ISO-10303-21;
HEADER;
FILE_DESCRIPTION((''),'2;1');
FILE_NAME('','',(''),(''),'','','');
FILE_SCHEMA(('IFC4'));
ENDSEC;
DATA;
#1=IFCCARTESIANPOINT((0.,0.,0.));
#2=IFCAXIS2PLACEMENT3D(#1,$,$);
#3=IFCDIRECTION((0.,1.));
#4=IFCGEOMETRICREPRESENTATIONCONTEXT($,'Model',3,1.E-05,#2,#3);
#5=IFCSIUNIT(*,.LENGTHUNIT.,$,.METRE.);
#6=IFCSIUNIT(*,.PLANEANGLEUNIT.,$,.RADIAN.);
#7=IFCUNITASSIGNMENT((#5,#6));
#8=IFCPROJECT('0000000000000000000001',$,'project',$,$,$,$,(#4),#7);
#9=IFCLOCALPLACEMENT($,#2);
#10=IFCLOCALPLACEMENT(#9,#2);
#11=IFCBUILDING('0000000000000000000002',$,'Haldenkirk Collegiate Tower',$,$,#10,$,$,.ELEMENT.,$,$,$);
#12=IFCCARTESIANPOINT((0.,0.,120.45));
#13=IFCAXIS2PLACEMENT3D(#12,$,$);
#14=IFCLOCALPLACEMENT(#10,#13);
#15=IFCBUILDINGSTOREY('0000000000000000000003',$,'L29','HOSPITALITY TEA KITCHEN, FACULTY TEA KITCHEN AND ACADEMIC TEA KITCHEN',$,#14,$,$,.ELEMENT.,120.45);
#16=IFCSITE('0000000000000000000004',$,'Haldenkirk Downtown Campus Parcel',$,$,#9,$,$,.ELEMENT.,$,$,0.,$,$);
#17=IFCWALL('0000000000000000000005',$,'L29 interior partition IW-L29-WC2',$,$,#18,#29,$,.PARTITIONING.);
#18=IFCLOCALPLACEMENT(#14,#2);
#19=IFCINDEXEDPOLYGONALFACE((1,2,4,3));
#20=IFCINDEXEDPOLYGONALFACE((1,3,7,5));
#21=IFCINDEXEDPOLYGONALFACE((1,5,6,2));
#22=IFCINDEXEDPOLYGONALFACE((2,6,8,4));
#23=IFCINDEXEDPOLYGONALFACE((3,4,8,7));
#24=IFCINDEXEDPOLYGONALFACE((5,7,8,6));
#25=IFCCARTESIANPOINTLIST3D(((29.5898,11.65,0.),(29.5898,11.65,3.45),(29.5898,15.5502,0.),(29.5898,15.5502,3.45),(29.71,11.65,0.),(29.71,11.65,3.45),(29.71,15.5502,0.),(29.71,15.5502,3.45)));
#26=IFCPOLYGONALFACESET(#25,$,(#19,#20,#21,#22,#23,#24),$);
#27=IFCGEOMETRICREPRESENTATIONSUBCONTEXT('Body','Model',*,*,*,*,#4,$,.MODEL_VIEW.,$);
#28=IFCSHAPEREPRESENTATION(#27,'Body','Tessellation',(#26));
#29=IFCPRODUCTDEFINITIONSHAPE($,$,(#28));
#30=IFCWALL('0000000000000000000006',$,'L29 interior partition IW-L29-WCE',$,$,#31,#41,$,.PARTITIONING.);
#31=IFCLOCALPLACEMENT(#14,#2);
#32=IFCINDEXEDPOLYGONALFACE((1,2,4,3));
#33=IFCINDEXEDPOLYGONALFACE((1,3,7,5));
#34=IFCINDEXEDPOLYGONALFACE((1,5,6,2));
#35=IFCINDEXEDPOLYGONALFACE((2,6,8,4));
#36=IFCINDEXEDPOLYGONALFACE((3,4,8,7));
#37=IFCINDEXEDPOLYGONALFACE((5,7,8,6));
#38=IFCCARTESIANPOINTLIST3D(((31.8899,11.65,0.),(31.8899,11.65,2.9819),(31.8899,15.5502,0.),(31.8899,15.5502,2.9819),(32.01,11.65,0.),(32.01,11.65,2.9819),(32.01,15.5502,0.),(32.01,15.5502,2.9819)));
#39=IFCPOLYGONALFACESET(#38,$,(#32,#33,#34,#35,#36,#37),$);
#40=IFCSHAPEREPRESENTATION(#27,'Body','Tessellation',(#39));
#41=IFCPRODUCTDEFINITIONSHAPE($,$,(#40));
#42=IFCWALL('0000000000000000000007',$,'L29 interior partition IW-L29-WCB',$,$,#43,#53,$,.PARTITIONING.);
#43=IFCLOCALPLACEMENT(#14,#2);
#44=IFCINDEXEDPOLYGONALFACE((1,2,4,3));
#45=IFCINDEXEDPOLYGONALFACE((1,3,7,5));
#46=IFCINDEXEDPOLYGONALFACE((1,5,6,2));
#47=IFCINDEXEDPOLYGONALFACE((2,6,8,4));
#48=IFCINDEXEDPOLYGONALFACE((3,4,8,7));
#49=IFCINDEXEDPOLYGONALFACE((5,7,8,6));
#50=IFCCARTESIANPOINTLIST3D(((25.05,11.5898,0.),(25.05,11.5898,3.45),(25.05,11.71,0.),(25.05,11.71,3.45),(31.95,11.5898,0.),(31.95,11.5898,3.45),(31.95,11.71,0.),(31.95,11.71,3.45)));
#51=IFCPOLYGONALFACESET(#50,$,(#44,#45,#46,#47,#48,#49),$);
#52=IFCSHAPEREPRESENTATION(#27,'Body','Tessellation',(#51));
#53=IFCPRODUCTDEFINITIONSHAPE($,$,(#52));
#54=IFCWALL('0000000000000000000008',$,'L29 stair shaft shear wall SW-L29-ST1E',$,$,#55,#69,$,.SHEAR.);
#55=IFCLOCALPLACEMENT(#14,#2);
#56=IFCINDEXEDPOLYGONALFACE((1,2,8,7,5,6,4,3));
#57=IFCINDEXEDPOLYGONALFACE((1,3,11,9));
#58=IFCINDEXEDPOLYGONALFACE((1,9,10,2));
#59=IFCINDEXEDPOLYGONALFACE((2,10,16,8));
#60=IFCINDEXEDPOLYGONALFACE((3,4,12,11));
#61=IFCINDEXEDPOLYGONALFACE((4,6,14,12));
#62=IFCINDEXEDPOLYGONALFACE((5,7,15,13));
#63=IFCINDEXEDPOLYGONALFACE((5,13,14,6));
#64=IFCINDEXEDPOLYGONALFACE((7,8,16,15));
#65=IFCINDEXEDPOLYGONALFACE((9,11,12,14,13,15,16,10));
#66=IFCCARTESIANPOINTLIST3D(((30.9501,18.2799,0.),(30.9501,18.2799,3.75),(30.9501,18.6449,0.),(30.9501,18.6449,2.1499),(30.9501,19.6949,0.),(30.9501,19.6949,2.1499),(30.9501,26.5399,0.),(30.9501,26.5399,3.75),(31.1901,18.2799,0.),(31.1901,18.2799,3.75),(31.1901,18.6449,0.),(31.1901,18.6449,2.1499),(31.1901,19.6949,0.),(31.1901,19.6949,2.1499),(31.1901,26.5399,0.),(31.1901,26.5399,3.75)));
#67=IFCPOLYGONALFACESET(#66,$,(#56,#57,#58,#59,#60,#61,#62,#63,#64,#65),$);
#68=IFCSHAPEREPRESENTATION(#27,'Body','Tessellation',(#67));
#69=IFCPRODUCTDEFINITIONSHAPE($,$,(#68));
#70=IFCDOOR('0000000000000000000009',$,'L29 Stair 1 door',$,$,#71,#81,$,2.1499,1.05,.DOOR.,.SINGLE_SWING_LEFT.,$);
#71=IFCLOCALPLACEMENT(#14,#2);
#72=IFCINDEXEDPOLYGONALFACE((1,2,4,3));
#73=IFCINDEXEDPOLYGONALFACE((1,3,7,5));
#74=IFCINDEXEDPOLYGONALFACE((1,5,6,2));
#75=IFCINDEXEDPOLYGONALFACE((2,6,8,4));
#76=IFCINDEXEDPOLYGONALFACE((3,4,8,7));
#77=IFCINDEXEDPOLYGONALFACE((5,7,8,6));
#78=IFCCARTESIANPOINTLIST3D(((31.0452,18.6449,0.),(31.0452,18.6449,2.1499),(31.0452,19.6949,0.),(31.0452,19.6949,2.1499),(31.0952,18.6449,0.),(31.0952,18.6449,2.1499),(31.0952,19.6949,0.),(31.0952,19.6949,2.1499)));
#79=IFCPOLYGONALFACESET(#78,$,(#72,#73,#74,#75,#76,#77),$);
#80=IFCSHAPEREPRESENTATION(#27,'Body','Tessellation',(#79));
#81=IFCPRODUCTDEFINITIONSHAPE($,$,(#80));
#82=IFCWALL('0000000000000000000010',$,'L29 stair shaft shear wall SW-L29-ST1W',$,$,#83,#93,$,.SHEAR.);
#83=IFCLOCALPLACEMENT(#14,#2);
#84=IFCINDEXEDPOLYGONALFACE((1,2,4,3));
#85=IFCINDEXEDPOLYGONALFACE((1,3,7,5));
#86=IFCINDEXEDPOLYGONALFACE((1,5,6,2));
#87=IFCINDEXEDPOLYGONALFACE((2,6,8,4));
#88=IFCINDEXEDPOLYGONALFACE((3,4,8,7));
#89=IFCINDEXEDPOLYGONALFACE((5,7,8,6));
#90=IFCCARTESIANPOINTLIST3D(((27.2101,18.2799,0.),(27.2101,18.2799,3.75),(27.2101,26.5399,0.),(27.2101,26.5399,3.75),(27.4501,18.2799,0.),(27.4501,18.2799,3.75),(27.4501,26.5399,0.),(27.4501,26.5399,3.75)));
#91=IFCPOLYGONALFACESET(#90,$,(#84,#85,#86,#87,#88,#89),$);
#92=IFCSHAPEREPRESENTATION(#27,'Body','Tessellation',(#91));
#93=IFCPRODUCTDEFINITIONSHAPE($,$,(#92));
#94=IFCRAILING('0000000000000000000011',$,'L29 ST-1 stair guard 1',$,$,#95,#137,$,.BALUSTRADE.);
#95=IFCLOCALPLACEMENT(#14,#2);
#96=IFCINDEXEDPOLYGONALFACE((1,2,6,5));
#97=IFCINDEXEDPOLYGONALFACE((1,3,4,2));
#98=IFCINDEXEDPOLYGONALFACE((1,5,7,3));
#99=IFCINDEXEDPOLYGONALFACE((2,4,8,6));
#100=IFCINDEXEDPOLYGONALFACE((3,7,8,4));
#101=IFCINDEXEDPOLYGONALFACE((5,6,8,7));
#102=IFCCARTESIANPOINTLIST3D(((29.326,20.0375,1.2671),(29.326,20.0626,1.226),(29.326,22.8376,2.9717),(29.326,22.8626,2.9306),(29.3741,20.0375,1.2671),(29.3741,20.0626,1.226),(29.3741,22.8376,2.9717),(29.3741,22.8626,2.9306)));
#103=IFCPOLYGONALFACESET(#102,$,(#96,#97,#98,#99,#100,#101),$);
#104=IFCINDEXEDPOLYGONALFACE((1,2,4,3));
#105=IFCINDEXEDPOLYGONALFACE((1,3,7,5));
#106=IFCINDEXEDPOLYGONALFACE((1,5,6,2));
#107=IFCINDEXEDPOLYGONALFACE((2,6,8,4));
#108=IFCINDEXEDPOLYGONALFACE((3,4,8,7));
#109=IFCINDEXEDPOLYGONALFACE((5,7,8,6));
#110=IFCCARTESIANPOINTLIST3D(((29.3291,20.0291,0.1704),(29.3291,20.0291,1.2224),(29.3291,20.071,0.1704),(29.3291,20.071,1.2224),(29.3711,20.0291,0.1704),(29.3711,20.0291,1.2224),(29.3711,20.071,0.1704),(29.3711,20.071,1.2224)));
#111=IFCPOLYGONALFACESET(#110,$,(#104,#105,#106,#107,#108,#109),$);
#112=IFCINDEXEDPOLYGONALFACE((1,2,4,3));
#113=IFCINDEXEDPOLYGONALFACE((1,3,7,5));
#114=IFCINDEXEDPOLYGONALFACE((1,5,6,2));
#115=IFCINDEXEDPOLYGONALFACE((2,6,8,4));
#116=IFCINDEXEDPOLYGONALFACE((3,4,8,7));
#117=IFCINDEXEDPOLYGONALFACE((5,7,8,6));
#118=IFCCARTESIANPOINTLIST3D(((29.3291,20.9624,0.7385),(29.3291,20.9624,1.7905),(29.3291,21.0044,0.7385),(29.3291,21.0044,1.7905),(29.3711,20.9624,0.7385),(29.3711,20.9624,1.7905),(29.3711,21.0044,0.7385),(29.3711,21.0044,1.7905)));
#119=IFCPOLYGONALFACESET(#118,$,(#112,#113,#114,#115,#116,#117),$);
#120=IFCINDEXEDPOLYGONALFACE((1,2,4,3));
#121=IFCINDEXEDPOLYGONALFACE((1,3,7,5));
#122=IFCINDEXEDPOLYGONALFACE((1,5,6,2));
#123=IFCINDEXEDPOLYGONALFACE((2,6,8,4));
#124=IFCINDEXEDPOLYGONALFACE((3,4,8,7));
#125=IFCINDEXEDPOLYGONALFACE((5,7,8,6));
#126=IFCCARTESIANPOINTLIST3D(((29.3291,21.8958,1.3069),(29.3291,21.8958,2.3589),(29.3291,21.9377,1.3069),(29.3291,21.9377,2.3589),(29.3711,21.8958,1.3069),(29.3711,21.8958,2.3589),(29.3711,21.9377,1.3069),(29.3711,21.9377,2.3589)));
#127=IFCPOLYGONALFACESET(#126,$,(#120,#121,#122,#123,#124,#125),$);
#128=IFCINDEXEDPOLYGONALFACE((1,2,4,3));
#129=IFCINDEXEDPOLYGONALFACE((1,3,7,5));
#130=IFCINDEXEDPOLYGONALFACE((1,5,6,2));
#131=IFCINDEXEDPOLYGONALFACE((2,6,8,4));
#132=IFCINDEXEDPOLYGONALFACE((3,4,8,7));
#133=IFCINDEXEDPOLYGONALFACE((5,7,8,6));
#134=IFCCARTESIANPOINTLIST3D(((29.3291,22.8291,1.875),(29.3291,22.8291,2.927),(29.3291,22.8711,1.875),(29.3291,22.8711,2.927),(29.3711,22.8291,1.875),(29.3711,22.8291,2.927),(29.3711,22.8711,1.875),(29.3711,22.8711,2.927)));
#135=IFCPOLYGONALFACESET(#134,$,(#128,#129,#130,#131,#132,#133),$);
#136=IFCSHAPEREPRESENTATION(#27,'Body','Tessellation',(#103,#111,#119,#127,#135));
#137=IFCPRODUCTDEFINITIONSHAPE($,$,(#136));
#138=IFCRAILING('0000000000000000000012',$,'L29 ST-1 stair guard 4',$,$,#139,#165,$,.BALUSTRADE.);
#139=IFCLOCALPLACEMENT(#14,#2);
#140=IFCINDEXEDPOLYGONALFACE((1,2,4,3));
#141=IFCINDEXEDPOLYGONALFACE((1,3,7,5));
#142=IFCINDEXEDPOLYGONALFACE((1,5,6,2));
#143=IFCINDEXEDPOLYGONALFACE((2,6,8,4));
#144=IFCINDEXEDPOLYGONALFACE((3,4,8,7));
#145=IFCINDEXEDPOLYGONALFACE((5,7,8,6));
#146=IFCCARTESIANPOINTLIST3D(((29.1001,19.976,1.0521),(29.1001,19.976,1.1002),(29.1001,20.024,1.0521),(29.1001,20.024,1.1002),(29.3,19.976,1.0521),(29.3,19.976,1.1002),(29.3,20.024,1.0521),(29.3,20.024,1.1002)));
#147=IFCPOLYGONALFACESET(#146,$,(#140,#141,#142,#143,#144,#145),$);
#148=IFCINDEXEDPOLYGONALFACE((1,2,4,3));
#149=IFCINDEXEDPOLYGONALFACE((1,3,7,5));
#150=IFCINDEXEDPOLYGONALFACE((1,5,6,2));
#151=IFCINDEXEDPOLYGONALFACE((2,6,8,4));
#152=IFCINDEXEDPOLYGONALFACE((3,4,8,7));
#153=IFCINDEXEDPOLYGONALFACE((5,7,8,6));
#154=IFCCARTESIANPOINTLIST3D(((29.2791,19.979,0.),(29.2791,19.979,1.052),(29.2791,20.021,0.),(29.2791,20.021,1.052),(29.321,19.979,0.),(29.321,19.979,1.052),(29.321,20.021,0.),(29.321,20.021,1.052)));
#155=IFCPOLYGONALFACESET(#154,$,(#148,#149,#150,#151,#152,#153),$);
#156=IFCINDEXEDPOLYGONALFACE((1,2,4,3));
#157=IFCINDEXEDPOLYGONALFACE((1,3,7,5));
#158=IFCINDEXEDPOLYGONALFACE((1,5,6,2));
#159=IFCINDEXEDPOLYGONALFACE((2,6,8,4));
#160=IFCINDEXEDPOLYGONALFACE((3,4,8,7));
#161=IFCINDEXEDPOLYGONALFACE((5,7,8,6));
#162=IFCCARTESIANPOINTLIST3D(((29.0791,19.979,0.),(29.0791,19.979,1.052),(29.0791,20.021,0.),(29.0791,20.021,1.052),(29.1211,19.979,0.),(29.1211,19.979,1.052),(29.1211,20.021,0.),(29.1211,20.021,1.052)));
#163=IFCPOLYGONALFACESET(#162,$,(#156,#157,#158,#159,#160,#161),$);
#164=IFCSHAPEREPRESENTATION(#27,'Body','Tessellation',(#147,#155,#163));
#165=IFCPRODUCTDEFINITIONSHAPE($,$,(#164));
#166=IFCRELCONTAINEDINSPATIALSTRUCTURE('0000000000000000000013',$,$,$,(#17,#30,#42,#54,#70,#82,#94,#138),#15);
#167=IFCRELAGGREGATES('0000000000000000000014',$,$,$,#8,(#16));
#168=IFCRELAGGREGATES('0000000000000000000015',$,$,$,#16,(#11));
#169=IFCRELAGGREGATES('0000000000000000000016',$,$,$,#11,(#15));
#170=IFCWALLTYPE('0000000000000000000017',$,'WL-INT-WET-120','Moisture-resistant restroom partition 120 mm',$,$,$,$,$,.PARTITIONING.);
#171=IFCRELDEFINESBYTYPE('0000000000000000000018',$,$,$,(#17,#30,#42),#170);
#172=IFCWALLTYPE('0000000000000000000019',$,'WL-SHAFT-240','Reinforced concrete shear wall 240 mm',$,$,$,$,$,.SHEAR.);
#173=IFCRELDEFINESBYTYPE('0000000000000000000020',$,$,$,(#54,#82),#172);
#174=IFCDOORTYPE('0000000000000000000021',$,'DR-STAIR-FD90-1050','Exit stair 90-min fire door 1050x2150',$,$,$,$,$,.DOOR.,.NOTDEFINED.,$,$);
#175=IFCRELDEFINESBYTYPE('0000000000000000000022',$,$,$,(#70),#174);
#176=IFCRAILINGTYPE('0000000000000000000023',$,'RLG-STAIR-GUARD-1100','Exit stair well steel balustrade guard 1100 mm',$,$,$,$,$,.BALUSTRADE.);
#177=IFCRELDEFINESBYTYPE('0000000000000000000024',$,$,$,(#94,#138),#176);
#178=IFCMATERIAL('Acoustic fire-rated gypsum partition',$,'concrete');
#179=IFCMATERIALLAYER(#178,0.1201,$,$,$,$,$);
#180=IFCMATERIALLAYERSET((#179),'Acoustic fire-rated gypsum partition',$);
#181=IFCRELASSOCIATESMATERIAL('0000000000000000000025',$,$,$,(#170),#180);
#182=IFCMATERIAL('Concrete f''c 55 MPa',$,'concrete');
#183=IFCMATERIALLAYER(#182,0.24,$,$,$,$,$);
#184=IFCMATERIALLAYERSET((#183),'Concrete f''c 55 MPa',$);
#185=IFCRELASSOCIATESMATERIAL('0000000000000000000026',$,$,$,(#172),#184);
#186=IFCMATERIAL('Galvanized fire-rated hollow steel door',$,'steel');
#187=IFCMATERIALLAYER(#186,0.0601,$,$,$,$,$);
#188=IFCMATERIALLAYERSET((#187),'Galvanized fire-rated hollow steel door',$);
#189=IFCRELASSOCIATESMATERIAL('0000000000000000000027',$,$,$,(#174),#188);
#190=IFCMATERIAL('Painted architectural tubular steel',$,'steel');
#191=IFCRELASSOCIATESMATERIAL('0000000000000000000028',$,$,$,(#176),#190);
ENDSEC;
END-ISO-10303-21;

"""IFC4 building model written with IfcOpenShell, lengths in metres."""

from ifc_helpers import new_model, si_unit, direction, frame, frame_2d, origin, origin_2d, place, context, subcontext, project, spatial, rectangle, extrude, material, layer, layer_set, type_object, element, fill, save


model = new_model("IFC4")

# Units and contexts
model_context = context("Model", 3, precision=1e-05, world=origin(), true_north=direction((0.0, 1.0)))
body_context = subcontext(model_context, "Body", "Model", "MODEL_VIEW")
ifc_project = project(units=[si_unit("LENGTHUNIT", "METRE"), si_unit("PLANEANGLEUNIT", "RADIAN")], contexts=[model_context])

# Site, building, storey
site_placement = place(None, origin())
site = spatial("IfcSite", under=ifc_project, at=site_placement, Name="Haldenkirk Downtown Campus Parcel", CompositionType="ELEMENT", RefElevation=0.0)
building_placement = place(site_placement, origin())
building = spatial("IfcBuilding", under=site, at=building_placement, Name="Haldenkirk Collegiate Tower", CompositionType="ELEMENT")
storey_placement = place(building_placement, frame((0.0, 0.0, 120.45)))
storey = spatial("IfcBuildingStorey", under=building, at=storey_placement, Name="L29", Description="HOSPITALITY TEA KITCHEN, FACULTY TEA KITCHEN AND ACADEMIC TEA KITCHEN", CompositionType="ELEMENT", Elevation=120.45)

# Shared definitions
ifc_material_1 = material(Name="Galvanized fire-rated hollow steel door", Category="steel")

# Shared definitions
ifc_material_2 = material(Name="Acoustic fire-rated gypsum partition", Category="concrete")

# Walls
ifc_layer_1 = layer(ifc_material_2, 0.1201)
ifc_layer_set_1 = layer_set([ifc_layer_1], Name="Acoustic fire-rated gypsum partition")
wall_type_1 = type_object("IfcWallType", Name="WL-INT-WET-120", Description="Moisture-resistant restroom partition 120 mm", PredefinedType="PARTITIONING", material=ifc_layer_set_1)
for number, where, z_axis, x_axis, name in (
    (1, (29.6499, 11.6499, 0.0), (0.0, 0.0, 1.0), (0.0, 1.0, 0.0), "L29 interior partition IW-L29-WC2"),
):
    element("IfcWall", number, at=place(storey_placement, frame(where, z_axis=z_axis, x_axis=x_axis)), inside=storey, type_object=wall_type_1, Name=name, PredefinedType="PARTITIONING", context=body_context, shape_type="SweptSolid", body=[
        extrude(rectangle(XDim=3.9001, YDim=0.1201, at=frame_2d((1.9502, 0.0))), origin(), (0.0, 0.0, 1.0), 3.45),
    ])
wall_1_placement = place(storey_placement, frame((31.95, 11.6499, 0.0), z_axis=(0.0, 0.0, 1.0), x_axis=(0.0, 1.0, 0.0)))
element("IfcWall", 2, at=wall_1_placement, inside=storey, type_object=wall_type_1, Name="L29 interior partition IW-L29-WCE", PredefinedType="PARTITIONING", context=body_context, shape_type="SweptSolid", body=[
    extrude(rectangle(XDim=3.9001, YDim=0.1201, at=frame_2d((1.9502, 0.0))), origin(), (0.0, 0.0, 1.0), 2.9819),
])
wall_2_placement = place(storey_placement, frame((25.05, 11.6499, 0.0), z_axis=(0.0, 0.0, 1.0), x_axis=(1.0, 0.0, 0.0)))
element("IfcWall", 3, at=wall_2_placement, inside=storey, type_object=wall_type_1, Name="L29 interior partition IW-L29-WCB", PredefinedType="PARTITIONING", context=body_context, shape_type="SweptSolid", body=[
    extrude(rectangle(XDim=6.8999, YDim=0.1201, at=frame_2d((3.45, 0.0))), origin(), (0.0, 0.0, 1.0), 3.45),
])

# Wall, opening, door
ifc_material_3 = material(Name="Concrete f'c 55 MPa", Category="concrete")
ifc_layer_2 = layer(ifc_material_3, 0.24)
ifc_layer_set_2 = layer_set([ifc_layer_2], Name="Concrete f'c 55 MPa")
wall_type_2 = type_object("IfcWallType", Name="WL-SHAFT-240", Description="Reinforced concrete shear wall 240 mm", PredefinedType="SHEAR", material=ifc_layer_set_2)
wall_3_placement = place(storey_placement, frame((31.0701, 18.28, 0.0), z_axis=(0.0, 0.0, 1.0), x_axis=(0.0, 1.0, 0.0)))
wall_3 = element("IfcWall", 4, at=wall_3_placement, inside=storey, type_object=wall_type_2, Name="L29 stair shaft shear wall SW-L29-ST1E", PredefinedType="SHEAR", context=body_context, shape_type="SweptSolid", body=[
    extrude(rectangle(XDim=8.26, YDim=0.24, at=frame_2d((4.1299, 0.0))), origin(), (0.0, 0.0, 1.0), 3.75),
])
opening_1_placement = place(wall_3_placement, frame((0.365, 0.0, 0.0)))
opening_1 = element("IfcOpeningElement", 5, at=opening_1_placement, cuts=wall_3, PredefinedType="OPENING", context=body_context, shape_type="SweptSolid", body=[
    extrude(rectangle(XDim=1.05, YDim=2.1499, at=frame_2d((0.5249, 1.075))), frame((0.0, 0.1299, 0.0), z_axis=(0.0, -1.0, 0.0), x_axis=(1.0, 0.0, 0.0)), (0.0, 0.0, 1.0), 0.26),
])
ifc_layer_3 = layer(ifc_material_1, 0.0601)
ifc_layer_set_3 = layer_set([ifc_layer_3], Name="Galvanized fire-rated hollow steel door")
door_type_1 = type_object("IfcDoorType", Name="DR-STAIR-FD90-1050", Description="Exit stair 90-min fire door 1050x2150", OperationType="NOTDEFINED", PredefinedType="DOOR", material=ifc_layer_set_3)
door_1_placement = place(opening_1_placement, origin())
door_1 = element("IfcDoor", 6, at=door_1_placement, inside=storey, type_object=door_type_1, Name="L29 Stair 1 door", OperationType="SINGLE_SWING_LEFT", OverallHeight=2.1499, OverallWidth=1.05, PredefinedType="DOOR", context=body_context, shape_type="SweptSolid", body=[
    extrude(rectangle(XDim=1.05, YDim=2.1499, at=frame_2d((0.5249, 1.075))), frame((0.0, 0.0249, 0.0), z_axis=(0.0, -1.0, 0.0), x_axis=(1.0, 0.0, 0.0)), (0.0, 0.0, 1.0), 0.05),
])
fill(opening_1, door_1)

# Wall
wall_4_placement = place(storey_placement, frame((27.3301, 18.28, 0.0), z_axis=(0.0, 0.0, 1.0), x_axis=(0.0, 1.0, 0.0)))
element("IfcWall", 7, at=wall_4_placement, inside=storey, type_object=wall_type_2, Name="L29 stair shaft shear wall SW-L29-ST1W", PredefinedType="SHEAR", context=body_context, shape_type="SweptSolid", body=[
    extrude(rectangle(XDim=8.26, YDim=0.24, at=frame_2d((4.1299, 0.0))), origin(), (0.0, 0.0, 1.0), 3.75),
])

# Railings
ifc_material_4 = material(Name="Painted architectural tubular steel", Category="steel")
railing_type = type_object("IfcRailingType", Name="RLG-STAIR-GUARD-1100", Description="Exit stair well steel balustrade guard 1100 mm", PredefinedType="BALUSTRADE", material=ifc_material_4)
railing_1_placement = place(storey_placement, frame((29.3501, 20.05, 0.1704)))
element("IfcRailing", 8, at=railing_1_placement, inside=storey, type_object=railing_type, Name="L29 ST-1 stair guard 1", PredefinedType="BALUSTRADE", context=body_context, shape_type="SweptSolid", body=[
    extrude(rectangle(XDim=0.0481, YDim=0.0481, at=origin_2d()), frame((0.0, 0.0, 1.0762), z_axis=(0.0, 0.85417, 0.519994), x_axis=(-1.0, 0.0, 0.0)), (0.0, 0.0, 1.0), 3.2781),
    extrude(rectangle(XDim=0.042, YDim=0.042, at=origin_2d()), origin(), (0.0, 0.0, 1.0), 1.052),
    extrude(rectangle(XDim=0.042, YDim=0.042, at=origin_2d()), frame((0.0, 0.9333, 0.5681)), (0.0, 0.0, 1.0), 1.052),
    extrude(rectangle(XDim=0.042, YDim=0.042, at=origin_2d()), frame((0.0, 1.8667, 1.1365)), (0.0, 0.0, 1.0), 1.052),
    extrude(rectangle(XDim=0.042, YDim=0.042, at=origin_2d()), frame((0.0, 2.8, 1.7046)), (0.0, 0.0, 1.0), 1.052),
])
railing_2_placement = place(storey_placement, frame((29.3, 20.0, 0.0)))
element("IfcRailing", 9, at=railing_2_placement, inside=storey, type_object=railing_type, Name="L29 ST-1 stair guard 4", PredefinedType="BALUSTRADE", context=body_context, shape_type="SweptSolid", body=[
    extrude(rectangle(XDim=0.0481, YDim=0.0481, at=origin_2d()), frame((0.0, 0.0, 1.0762), z_axis=(-1.0, 0.0, 0.0), x_axis=(0.0, -1.0, 0.0)), (0.0, 0.0, 1.0), 0.2),
    extrude(rectangle(XDim=0.042, YDim=0.042, at=origin_2d()), origin(), (0.0, 0.0, 1.0), 1.052),
    extrude(rectangle(XDim=0.042, YDim=0.042, at=origin_2d()), frame((-0.2, 0.0, 0.0)), (0.0, 0.0, 1.0), 1.052),
])

save(model, "model.ifc")
